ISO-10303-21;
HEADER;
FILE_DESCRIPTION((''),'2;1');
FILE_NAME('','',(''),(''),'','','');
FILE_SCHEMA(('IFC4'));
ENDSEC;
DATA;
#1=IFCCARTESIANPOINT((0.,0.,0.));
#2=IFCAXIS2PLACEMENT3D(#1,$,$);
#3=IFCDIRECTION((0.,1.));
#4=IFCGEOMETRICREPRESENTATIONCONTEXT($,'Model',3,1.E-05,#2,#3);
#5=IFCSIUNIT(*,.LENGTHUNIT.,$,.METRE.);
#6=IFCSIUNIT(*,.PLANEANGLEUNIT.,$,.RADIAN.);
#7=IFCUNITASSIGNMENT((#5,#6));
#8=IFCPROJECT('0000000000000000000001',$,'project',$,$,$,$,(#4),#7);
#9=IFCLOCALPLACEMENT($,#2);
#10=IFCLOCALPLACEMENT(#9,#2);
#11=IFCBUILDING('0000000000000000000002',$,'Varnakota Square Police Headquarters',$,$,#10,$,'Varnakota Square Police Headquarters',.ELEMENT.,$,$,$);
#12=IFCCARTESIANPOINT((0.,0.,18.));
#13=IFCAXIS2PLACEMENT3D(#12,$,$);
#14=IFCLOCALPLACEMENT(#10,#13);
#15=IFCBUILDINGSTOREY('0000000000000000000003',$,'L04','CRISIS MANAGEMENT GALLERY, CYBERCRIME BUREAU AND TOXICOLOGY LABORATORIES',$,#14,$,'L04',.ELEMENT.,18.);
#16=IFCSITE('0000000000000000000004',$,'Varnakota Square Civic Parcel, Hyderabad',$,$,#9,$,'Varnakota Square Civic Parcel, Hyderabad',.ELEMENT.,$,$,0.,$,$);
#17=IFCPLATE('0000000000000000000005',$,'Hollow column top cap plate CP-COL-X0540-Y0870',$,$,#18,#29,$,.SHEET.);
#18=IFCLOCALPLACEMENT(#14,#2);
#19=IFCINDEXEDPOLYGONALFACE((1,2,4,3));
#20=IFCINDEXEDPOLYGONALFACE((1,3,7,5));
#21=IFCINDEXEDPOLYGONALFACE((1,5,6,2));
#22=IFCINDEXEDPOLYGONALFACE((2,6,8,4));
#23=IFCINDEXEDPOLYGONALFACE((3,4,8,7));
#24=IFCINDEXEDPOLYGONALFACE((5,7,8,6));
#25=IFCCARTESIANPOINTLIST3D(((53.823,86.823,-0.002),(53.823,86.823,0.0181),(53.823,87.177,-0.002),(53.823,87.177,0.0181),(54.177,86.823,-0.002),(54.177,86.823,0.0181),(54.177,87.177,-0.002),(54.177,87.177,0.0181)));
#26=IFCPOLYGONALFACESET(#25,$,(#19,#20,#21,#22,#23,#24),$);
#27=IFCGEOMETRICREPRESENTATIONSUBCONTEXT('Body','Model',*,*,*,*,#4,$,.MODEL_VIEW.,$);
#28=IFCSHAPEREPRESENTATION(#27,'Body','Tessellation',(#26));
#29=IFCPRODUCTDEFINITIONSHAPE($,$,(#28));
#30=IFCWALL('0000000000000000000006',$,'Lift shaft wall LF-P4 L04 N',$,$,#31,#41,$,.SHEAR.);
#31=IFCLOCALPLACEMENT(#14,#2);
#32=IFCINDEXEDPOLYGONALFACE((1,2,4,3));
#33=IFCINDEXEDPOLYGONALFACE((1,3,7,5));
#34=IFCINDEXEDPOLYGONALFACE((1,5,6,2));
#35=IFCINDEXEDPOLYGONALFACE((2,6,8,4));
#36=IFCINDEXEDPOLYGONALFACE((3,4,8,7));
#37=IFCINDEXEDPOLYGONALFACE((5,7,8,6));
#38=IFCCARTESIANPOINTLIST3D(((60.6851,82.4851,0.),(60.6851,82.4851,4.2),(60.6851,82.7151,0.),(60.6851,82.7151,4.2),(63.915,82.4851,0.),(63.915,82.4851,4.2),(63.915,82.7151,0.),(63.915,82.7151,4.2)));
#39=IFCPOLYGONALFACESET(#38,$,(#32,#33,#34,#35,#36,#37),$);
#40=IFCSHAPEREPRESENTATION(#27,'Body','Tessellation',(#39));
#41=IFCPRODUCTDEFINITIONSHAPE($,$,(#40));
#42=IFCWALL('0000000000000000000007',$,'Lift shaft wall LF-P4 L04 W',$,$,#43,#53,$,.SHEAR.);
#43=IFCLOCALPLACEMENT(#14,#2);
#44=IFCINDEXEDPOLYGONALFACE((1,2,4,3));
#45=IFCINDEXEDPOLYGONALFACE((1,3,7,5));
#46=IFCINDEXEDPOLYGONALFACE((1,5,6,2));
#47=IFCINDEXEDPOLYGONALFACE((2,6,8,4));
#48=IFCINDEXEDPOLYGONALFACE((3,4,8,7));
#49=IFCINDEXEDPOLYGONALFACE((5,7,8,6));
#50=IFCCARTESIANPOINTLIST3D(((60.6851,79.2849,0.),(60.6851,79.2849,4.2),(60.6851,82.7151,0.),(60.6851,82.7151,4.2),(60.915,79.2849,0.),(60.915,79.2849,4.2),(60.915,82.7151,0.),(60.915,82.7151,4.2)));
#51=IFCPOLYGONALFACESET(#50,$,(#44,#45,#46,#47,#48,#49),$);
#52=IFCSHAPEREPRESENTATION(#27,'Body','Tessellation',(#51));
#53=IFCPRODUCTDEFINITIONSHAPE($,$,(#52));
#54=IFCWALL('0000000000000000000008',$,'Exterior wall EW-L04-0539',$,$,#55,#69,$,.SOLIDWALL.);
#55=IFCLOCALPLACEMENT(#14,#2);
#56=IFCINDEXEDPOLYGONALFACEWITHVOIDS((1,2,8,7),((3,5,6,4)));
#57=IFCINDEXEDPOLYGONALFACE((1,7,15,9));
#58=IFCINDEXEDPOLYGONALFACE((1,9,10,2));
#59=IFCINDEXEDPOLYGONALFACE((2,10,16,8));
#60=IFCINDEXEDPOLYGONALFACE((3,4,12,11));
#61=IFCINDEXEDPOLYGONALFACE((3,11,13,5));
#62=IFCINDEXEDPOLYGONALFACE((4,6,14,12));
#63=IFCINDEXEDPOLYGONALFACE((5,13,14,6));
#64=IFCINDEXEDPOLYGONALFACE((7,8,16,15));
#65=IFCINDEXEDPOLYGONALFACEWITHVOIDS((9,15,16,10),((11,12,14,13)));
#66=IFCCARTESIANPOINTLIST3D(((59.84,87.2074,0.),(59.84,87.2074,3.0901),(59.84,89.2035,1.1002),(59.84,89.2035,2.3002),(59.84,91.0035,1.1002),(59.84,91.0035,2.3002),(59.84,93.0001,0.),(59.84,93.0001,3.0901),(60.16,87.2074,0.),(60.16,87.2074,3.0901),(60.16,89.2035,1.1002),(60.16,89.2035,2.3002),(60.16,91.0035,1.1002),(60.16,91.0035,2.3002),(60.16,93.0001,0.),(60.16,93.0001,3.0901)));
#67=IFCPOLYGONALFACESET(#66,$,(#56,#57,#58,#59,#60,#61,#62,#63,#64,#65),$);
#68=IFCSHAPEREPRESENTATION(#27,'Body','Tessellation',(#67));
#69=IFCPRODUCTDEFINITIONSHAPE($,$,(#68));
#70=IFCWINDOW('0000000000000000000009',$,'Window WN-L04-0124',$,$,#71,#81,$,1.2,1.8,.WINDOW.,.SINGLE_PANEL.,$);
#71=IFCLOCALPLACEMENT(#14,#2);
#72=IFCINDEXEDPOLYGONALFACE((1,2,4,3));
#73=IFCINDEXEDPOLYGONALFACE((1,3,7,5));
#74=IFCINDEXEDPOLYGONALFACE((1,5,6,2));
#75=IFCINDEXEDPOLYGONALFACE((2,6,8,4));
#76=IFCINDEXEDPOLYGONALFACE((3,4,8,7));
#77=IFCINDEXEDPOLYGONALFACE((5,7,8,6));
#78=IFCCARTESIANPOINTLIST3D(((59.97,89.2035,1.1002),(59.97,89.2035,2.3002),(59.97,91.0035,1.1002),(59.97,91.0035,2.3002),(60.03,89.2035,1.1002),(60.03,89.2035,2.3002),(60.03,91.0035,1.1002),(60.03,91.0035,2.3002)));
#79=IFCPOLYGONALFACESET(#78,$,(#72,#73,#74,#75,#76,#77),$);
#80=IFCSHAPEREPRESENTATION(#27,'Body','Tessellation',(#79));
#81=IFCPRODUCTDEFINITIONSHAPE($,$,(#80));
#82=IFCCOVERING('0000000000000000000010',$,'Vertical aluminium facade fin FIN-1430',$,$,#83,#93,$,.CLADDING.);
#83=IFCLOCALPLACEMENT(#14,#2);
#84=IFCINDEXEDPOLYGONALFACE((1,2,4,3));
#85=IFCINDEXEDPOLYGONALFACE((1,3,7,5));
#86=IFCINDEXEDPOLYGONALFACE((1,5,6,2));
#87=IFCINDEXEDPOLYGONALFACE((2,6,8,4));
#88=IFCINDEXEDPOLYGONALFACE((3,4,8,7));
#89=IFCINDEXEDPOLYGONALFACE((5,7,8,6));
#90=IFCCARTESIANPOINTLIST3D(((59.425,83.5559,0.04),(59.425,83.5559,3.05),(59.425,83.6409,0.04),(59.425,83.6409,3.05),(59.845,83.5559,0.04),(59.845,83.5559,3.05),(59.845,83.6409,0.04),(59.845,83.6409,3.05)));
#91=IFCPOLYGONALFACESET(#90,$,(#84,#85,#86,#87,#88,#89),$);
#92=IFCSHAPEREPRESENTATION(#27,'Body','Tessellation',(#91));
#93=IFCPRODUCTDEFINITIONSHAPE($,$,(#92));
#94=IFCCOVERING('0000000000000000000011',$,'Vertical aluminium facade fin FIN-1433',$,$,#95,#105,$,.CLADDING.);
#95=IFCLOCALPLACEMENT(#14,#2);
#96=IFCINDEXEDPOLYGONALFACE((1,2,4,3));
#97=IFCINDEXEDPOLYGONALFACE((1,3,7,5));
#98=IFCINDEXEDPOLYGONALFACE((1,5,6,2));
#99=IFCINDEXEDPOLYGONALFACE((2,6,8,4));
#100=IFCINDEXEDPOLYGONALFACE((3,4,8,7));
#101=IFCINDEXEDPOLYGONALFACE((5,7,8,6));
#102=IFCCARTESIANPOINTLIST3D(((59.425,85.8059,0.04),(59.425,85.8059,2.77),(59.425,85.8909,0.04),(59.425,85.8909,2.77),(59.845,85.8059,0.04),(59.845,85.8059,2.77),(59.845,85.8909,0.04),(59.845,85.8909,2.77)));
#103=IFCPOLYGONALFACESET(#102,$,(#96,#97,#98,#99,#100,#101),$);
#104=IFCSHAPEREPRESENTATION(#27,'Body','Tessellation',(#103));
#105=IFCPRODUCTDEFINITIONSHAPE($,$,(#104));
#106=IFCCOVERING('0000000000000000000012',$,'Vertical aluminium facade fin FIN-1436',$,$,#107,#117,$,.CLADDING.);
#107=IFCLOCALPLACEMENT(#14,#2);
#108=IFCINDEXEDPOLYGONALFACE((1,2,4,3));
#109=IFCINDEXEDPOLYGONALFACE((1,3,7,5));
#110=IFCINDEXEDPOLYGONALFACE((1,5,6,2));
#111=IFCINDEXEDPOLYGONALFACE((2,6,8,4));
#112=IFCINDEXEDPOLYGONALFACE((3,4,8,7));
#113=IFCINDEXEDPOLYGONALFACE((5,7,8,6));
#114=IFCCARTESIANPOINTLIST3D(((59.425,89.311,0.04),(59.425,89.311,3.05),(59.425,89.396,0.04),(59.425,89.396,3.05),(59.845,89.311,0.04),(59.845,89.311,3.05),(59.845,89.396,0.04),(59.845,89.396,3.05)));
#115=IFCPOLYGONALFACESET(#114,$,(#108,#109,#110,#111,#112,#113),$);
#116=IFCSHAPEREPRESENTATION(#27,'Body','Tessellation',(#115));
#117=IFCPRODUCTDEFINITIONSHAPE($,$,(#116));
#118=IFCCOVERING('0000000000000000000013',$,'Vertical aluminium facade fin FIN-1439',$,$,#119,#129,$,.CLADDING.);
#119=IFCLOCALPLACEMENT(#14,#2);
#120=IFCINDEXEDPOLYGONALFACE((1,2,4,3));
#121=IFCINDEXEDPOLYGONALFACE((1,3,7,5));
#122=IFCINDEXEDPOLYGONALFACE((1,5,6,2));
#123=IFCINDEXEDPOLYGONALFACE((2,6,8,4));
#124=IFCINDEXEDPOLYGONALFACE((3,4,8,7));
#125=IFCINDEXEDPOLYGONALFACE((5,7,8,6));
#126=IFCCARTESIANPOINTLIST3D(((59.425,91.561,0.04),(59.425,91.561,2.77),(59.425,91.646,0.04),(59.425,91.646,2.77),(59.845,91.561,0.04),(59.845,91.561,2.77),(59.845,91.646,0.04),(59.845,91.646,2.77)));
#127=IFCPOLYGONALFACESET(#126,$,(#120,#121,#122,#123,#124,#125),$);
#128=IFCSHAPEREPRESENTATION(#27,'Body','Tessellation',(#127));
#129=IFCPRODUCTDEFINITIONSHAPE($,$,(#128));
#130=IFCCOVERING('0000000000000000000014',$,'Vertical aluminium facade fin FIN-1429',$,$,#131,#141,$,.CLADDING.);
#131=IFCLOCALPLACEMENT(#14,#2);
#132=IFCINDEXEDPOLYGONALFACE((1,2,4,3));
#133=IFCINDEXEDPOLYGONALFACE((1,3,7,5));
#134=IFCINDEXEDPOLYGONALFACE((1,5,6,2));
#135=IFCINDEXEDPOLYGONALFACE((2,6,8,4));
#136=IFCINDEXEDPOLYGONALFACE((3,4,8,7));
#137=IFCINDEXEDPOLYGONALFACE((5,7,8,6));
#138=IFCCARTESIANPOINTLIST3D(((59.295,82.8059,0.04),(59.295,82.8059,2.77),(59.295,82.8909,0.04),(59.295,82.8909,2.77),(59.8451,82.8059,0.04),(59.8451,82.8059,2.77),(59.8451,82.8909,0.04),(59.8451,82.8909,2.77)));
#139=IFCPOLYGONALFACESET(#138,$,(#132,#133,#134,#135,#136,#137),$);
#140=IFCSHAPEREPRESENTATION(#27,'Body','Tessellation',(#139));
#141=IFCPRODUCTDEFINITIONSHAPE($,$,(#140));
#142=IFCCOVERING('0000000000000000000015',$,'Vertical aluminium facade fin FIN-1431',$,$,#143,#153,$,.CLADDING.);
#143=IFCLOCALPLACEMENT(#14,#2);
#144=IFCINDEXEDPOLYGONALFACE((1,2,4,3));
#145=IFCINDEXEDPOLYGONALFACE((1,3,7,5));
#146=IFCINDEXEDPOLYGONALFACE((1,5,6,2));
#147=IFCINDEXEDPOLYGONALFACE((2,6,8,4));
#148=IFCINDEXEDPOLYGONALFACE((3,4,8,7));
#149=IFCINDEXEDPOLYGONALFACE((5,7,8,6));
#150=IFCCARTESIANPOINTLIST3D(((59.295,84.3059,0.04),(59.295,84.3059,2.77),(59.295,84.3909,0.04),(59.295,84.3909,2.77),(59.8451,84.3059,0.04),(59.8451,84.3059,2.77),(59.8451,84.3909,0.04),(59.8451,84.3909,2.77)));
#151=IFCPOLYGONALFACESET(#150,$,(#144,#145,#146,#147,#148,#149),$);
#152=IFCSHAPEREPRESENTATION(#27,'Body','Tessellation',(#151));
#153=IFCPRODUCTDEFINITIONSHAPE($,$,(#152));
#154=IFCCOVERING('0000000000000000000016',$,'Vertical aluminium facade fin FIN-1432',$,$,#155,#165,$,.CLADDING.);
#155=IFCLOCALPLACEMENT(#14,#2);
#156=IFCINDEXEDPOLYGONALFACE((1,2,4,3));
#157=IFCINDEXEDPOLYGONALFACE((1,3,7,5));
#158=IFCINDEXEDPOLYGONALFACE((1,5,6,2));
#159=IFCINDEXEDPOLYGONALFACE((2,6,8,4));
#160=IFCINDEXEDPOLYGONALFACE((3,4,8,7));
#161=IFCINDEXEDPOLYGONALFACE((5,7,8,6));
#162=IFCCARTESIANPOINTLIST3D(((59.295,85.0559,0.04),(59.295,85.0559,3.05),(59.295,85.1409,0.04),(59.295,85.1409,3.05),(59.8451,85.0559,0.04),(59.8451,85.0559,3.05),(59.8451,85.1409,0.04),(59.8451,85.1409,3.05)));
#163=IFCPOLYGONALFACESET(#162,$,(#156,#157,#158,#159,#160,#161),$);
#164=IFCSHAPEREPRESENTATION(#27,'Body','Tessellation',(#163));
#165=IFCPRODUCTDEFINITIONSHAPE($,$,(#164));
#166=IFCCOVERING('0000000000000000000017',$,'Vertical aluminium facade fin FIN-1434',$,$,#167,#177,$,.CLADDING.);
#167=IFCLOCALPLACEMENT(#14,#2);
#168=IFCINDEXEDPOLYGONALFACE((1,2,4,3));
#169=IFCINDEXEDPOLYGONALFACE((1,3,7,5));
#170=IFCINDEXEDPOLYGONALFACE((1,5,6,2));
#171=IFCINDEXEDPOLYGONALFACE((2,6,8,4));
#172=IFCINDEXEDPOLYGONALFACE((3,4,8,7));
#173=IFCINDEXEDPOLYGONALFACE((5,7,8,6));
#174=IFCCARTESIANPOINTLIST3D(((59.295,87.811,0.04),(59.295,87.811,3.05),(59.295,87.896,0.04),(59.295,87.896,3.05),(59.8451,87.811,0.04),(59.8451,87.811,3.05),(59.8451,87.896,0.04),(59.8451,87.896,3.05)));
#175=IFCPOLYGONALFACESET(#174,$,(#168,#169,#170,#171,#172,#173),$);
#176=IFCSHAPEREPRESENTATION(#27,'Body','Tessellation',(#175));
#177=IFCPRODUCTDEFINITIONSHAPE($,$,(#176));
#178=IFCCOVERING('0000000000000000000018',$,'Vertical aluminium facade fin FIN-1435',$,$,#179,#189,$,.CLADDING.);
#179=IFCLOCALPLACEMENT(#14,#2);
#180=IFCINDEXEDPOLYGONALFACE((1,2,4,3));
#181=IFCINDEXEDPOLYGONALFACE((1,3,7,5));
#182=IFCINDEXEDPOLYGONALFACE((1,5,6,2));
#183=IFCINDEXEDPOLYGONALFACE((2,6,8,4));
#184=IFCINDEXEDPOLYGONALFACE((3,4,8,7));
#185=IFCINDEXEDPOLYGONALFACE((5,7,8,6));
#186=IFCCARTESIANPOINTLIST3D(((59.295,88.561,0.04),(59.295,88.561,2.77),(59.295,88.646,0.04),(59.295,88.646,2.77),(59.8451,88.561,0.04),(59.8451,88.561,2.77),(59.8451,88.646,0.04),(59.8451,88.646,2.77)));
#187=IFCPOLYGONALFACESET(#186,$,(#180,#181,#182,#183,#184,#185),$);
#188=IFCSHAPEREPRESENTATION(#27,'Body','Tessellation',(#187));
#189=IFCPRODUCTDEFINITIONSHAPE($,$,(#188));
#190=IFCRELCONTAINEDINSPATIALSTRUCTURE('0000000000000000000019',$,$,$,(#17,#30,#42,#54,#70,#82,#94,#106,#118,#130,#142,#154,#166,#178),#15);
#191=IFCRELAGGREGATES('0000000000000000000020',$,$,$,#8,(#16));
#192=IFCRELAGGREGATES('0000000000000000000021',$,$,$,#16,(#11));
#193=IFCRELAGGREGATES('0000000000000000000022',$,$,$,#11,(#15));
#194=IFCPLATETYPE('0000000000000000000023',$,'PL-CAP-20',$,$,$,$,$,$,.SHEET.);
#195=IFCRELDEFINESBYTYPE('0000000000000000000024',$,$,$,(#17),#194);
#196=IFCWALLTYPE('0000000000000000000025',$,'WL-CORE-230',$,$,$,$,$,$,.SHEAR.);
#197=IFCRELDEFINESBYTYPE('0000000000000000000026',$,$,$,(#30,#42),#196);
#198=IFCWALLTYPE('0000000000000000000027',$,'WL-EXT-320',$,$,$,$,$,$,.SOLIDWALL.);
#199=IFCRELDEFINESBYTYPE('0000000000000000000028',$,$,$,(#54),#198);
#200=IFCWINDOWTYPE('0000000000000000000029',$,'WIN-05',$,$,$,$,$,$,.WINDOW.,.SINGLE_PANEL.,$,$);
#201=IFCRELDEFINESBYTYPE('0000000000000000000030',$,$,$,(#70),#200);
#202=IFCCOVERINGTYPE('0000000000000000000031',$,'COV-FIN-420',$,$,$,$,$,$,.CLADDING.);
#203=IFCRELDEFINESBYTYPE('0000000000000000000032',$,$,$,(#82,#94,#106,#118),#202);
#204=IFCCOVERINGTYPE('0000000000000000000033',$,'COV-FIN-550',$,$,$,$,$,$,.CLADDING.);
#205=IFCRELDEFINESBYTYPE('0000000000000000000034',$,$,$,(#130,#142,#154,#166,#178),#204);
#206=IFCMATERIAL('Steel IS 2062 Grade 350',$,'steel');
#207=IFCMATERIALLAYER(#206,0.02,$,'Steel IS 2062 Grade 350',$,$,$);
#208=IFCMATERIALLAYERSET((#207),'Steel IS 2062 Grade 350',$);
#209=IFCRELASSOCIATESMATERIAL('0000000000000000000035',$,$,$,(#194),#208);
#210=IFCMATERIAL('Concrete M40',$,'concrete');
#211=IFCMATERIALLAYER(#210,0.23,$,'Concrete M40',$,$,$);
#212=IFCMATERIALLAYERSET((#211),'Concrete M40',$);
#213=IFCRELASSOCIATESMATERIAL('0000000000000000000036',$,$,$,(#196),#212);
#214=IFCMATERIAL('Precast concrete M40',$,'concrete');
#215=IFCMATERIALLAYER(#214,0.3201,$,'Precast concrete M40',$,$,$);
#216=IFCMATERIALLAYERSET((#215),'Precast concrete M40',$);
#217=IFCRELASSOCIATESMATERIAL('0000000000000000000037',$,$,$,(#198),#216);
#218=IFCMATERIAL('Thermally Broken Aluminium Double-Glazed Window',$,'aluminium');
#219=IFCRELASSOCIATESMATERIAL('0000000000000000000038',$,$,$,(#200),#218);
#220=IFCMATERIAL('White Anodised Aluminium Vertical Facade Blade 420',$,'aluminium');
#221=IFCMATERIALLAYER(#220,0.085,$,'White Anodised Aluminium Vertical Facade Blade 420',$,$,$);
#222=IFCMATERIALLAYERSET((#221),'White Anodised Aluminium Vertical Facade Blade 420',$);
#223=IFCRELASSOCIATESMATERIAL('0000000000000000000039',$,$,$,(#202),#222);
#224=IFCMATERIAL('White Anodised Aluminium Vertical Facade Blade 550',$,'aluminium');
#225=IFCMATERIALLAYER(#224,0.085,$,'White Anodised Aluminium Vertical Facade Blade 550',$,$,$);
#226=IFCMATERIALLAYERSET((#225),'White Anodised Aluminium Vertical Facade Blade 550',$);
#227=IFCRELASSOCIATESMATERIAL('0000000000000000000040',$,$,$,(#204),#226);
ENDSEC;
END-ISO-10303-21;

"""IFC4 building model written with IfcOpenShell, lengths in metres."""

from ifc_helpers import new_model, si_unit, direction, frame, frame_2d, origin, origin_2d, place, context, subcontext, project, spatial, rectangle, extrude, material, layer, layer_set, type_object, element, fill, save


model = new_model("IFC4")

# Units and contexts
model_context = context("Model", 3, precision=1e-05, world=origin(), true_north=direction((0.0, 1.0)))
body_context = subcontext(model_context, "Body", "Model", "MODEL_VIEW")
ifc_project = project(units=[si_unit("LENGTHUNIT", "METRE"), si_unit("PLANEANGLEUNIT", "RADIAN")], contexts=[model_context])

# Site, building, storey
site_placement = place(None, origin())
site = spatial("IfcSite", under=ifc_project, at=site_placement, Name="Varnakota Square Civic Parcel, Hyderabad", LongName="Varnakota Square Civic Parcel, Hyderabad", CompositionType="ELEMENT", RefElevation=0.0)
building_placement = place(site_placement, origin())
building = spatial("IfcBuilding", under=site, at=building_placement, Name="Varnakota Square Police Headquarters", LongName="Varnakota Square Police Headquarters", CompositionType="ELEMENT")
storey_placement = place(building_placement, frame((0.0, 0.0, 18.0)))
storey = spatial("IfcBuildingStorey", under=building, at=storey_placement, Name="L04", Description="CRISIS MANAGEMENT GALLERY, CYBERCRIME BUREAU AND TOXICOLOGY LABORATORIES", LongName="L04", CompositionType="ELEMENT", Elevation=18.0)

# Shared definitions
ifc_material_1 = material(Name="Steel IS 2062 Grade 350", Category="steel")

# Plate
ifc_layer_1 = layer(ifc_material_1, 0.02, Name="Steel IS 2062 Grade 350")
ifc_layer_set_1 = layer_set([ifc_layer_1], Name="Steel IS 2062 Grade 350")
plate_type = type_object("IfcPlateType", Name="PL-CAP-20", PredefinedType="SHEET", material=ifc_layer_set_1)
plate_placement = place(storey_placement, frame((54.0, 87.0, -0.002), z_axis=(0.0, 0.0, 1.0), x_axis=(1.0, 0.0, 0.0)))
element("IfcPlate", 1, at=plate_placement, inside=storey, type_object=plate_type, Name="Hollow column top cap plate CP-COL-X0540-Y0870", PredefinedType="SHEET", context=body_context, shape_type="SweptSolid", body=[
    extrude(rectangle(XDim=0.354, YDim=0.354, at=origin_2d()), origin(), (0.0, 0.0, 1.0), 0.02),
])

# Walls
ifc_material_2 = material(Name="Concrete M40", Category="concrete")
ifc_layer_2 = layer(ifc_material_2, 0.23, Name="Concrete M40")
ifc_layer_set_2 = layer_set([ifc_layer_2], Name="Concrete M40")
wall_type_1 = type_object("IfcWallType", Name="WL-CORE-230", PredefinedType="SHEAR", material=ifc_layer_set_2)
wall_1_placement = place(storey_placement, frame((63.915, 82.6001, 0.0), z_axis=(0.0, 0.0, 1.0), x_axis=(-1.0, 0.0, 0.0)))
element("IfcWall", 2, at=wall_1_placement, inside=storey, type_object=wall_type_1, Name="Lift shaft wall LF-P4 L04 N", PredefinedType="SHEAR", context=body_context, shape_type="SweptSolid", body=[
    extrude(rectangle(XDim=3.23, YDim=0.23, at=frame_2d((1.615, 0.0))), origin(), (0.0, 0.0, 1.0), 4.2),
])
wall_2_placement = place(storey_placement, frame((60.8, 82.7151, 0.0), z_axis=(0.0, 0.0, 1.0), x_axis=(0.0, -1.0, 0.0)))
element("IfcWall", 3, at=wall_2_placement, inside=storey, type_object=wall_type_1, Name="Lift shaft wall LF-P4 L04 W", PredefinedType="SHEAR", context=body_context, shape_type="SweptSolid", body=[
    extrude(rectangle(XDim=3.4302, YDim=0.23, at=frame_2d((1.7151, 0.0))), origin(), (0.0, 0.0, 1.0), 4.2),
])

# Wall, opening, window
ifc_material_3 = material(Name="Precast concrete M40", Category="concrete")
ifc_layer_3 = layer(ifc_material_3, 0.3201, Name="Precast concrete M40")
ifc_layer_set_3 = layer_set([ifc_layer_3], Name="Precast concrete M40")
wall_type_2 = type_object("IfcWallType", Name="WL-EXT-320", PredefinedType="SOLIDWALL", material=ifc_layer_set_3)
wall_3_placement = place(storey_placement, frame((60.0, 87.2073, 0.0), z_axis=(0.0, 0.0, 1.0), x_axis=(0.0, 1.0, 0.0)))
wall_3 = element("IfcWall", 4, at=wall_3_placement, inside=storey, type_object=wall_type_2, Name="Exterior wall EW-L04-0539", PredefinedType="SOLIDWALL", context=body_context, shape_type="SweptSolid", body=[
    extrude(rectangle(XDim=5.7927, YDim=0.3201, at=frame_2d((2.8965, 0.0))), origin(), (0.0, 0.0, 1.0), 3.0901),
])
opening_placement = place(wall_3_placement, frame((1.9963, 0.0, 1.1001)))
opening = element("IfcOpeningElement", 5, at=opening_placement, cuts=wall_3, PredefinedType="OPENING", context=body_context, shape_type="SweptSolid", body=[
    extrude(rectangle(XDim=1.8, YDim=1.2, at=frame_2d((0.8999, 0.6001))), frame((0.0, 0.1699, 0.0), z_axis=(0.0, -1.0, 0.0), x_axis=(1.0, 0.0, 0.0)), (0.0, 0.0, 1.0), 0.3401),
])
ifc_material_4 = material(Name="Thermally Broken Aluminium Double-Glazed Window", Category="aluminium")
window_type = type_object("IfcWindowType", Name="WIN-05", PartitioningType="SINGLE_PANEL", PredefinedType="WINDOW", material=ifc_material_4)
window_placement = place(opening_placement, origin())
window = element("IfcWindow", 6, at=window_placement, inside=storey, type_object=window_type, Name="Window WN-L04-0124", OverallHeight=1.2, OverallWidth=1.8, PartitioningType="SINGLE_PANEL", PredefinedType="WINDOW", context=body_context, shape_type="SweptSolid", body=[
    extrude(rectangle(XDim=1.8, YDim=1.2, at=frame_2d((0.8999, 0.6001))), frame((0.0, 0.03, 0.0), z_axis=(0.0, -1.0, 0.0), x_axis=(1.0, 0.0, 0.0)), (0.0, 0.0, 1.0), 0.0601),
])
fill(opening, window)

# Coverings
ifc_material_5 = material(Name="White Anodised Aluminium Vertical Facade Blade 420", Category="aluminium")
ifc_layer_4 = layer(ifc_material_5, 0.085, Name="White Anodised Aluminium Vertical Facade Blade 420")
ifc_layer_set_4 = layer_set([ifc_layer_4], Name="White Anodised Aluminium Vertical Facade Blade 420")
covering_type_1 = type_object("IfcCoveringType", Name="COV-FIN-420", PredefinedType="CLADDING", material=ifc_layer_set_4)
covering_1_placement = place(storey_placement, frame((59.635, 83.5984, 0.04), z_axis=(0.0, 0.0, 1.0), x_axis=(0.0, 1.0, 0.0)))
element("IfcCovering", 7, at=covering_1_placement, inside=storey, type_object=covering_type_1, Name="Vertical aluminium facade fin FIN-1430", PredefinedType="CLADDING", context=body_context, shape_type="SweptSolid", body=[
    extrude(rectangle(XDim=0.085, YDim=0.4199, at=origin_2d()), origin(), (0.0, 0.0, 1.0), 3.01),
])
covering_2_placement = place(storey_placement, frame((59.635, 85.8484, 0.04), z_axis=(0.0, 0.0, 1.0), x_axis=(0.0, 1.0, 0.0)))
element("IfcCovering", 8, at=covering_2_placement, inside=storey, type_object=covering_type_1, Name="Vertical aluminium facade fin FIN-1433", PredefinedType="CLADDING", context=body_context, shape_type="SweptSolid", body=[
    extrude(rectangle(XDim=0.085, YDim=0.4199, at=origin_2d()), origin(), (0.0, 0.0, 1.0), 2.73),
])
covering_3_placement = place(storey_placement, frame((59.635, 89.3535, 0.04), z_axis=(0.0, 0.0, 1.0), x_axis=(0.0, 1.0, 0.0)))
element("IfcCovering", 9, at=covering_3_placement, inside=storey, type_object=covering_type_1, Name="Vertical aluminium facade fin FIN-1436", PredefinedType="CLADDING", context=body_context, shape_type="SweptSolid", body=[
    extrude(rectangle(XDim=0.085, YDim=0.4199, at=origin_2d()), origin(), (0.0, 0.0, 1.0), 3.01),
])
covering_4_placement = place(storey_placement, frame((59.635, 91.6035, 0.04), z_axis=(0.0, 0.0, 1.0), x_axis=(0.0, 1.0, 0.0)))
element("IfcCovering", 10, at=covering_4_placement, inside=storey, type_object=covering_type_1, Name="Vertical aluminium facade fin FIN-1439", PredefinedType="CLADDING", context=body_context, shape_type="SweptSolid", body=[
    extrude(rectangle(XDim=0.085, YDim=0.4199, at=origin_2d()), origin(), (0.0, 0.0, 1.0), 2.73),
])
ifc_material_6 = material(Name="White Anodised Aluminium Vertical Facade Blade 550", Category="aluminium")
ifc_layer_5 = layer(ifc_material_6, 0.085, Name="White Anodised Aluminium Vertical Facade Blade 550")
ifc_layer_set_5 = layer_set([ifc_layer_5], Name="White Anodised Aluminium Vertical Facade Blade 550")
covering_type_2 = type_object("IfcCoveringType", Name="COV-FIN-550", PredefinedType="CLADDING", material=ifc_layer_set_5)
for number, where, z_axis, x_axis, name in (
    (11, (59.5701, 82.8484, 0.04), (0.0, 0.0, 1.0), (0.0, 1.0, 0.0), "Vertical aluminium facade fin FIN-1429"),
    (12, (59.5701, 84.3484, 0.04), (0.0, 0.0, 1.0), (0.0, 1.0, 0.0), "Vertical aluminium facade fin FIN-1431"),
):
    element("IfcCovering", number, at=place(storey_placement, frame(where, z_axis=z_axis, x_axis=x_axis)), inside=storey, type_object=covering_type_2, Name=name, PredefinedType="CLADDING", context=body_context, shape_type="SweptSolid", body=[
        extrude(rectangle(XDim=0.085, YDim=0.55, at=origin_2d()), origin(), (0.0, 0.0, 1.0), 2.73),
    ])
for number, where, z_axis, x_axis, name in (
    (13, (59.5701, 85.0984, 0.04), (0.0, 0.0, 1.0), (0.0, 1.0, 0.0), "Vertical aluminium facade fin FIN-1432"),
    (14, (59.5701, 87.8535, 0.04), (0.0, 0.0, 1.0), (0.0, 1.0, 0.0), "Vertical aluminium facade fin FIN-1434"),
):
    element("IfcCovering", number, at=place(storey_placement, frame(where, z_axis=z_axis, x_axis=x_axis)), inside=storey, type_object=covering_type_2, Name=name, PredefinedType="CLADDING", context=body_context, shape_type="SweptSolid", body=[
        extrude(rectangle(XDim=0.085, YDim=0.55, at=origin_2d()), origin(), (0.0, 0.0, 1.0), 3.01),
    ])
for number, where, z_axis, x_axis, name in (
    (15, (59.5701, 88.6035, 0.04), (0.0, 0.0, 1.0), (0.0, 1.0, 0.0), "Vertical aluminium facade fin FIN-1435"),
):
    element("IfcCovering", number, at=place(storey_placement, frame(where, z_axis=z_axis, x_axis=x_axis)), inside=storey, type_object=covering_type_2, Name=name, PredefinedType="CLADDING", context=body_context, shape_type="SweptSolid", body=[
        extrude(rectangle(XDim=0.085, YDim=0.55, at=origin_2d()), origin(), (0.0, 0.0, 1.0), 2.73),
    ])

save(model, "model.ifc")
